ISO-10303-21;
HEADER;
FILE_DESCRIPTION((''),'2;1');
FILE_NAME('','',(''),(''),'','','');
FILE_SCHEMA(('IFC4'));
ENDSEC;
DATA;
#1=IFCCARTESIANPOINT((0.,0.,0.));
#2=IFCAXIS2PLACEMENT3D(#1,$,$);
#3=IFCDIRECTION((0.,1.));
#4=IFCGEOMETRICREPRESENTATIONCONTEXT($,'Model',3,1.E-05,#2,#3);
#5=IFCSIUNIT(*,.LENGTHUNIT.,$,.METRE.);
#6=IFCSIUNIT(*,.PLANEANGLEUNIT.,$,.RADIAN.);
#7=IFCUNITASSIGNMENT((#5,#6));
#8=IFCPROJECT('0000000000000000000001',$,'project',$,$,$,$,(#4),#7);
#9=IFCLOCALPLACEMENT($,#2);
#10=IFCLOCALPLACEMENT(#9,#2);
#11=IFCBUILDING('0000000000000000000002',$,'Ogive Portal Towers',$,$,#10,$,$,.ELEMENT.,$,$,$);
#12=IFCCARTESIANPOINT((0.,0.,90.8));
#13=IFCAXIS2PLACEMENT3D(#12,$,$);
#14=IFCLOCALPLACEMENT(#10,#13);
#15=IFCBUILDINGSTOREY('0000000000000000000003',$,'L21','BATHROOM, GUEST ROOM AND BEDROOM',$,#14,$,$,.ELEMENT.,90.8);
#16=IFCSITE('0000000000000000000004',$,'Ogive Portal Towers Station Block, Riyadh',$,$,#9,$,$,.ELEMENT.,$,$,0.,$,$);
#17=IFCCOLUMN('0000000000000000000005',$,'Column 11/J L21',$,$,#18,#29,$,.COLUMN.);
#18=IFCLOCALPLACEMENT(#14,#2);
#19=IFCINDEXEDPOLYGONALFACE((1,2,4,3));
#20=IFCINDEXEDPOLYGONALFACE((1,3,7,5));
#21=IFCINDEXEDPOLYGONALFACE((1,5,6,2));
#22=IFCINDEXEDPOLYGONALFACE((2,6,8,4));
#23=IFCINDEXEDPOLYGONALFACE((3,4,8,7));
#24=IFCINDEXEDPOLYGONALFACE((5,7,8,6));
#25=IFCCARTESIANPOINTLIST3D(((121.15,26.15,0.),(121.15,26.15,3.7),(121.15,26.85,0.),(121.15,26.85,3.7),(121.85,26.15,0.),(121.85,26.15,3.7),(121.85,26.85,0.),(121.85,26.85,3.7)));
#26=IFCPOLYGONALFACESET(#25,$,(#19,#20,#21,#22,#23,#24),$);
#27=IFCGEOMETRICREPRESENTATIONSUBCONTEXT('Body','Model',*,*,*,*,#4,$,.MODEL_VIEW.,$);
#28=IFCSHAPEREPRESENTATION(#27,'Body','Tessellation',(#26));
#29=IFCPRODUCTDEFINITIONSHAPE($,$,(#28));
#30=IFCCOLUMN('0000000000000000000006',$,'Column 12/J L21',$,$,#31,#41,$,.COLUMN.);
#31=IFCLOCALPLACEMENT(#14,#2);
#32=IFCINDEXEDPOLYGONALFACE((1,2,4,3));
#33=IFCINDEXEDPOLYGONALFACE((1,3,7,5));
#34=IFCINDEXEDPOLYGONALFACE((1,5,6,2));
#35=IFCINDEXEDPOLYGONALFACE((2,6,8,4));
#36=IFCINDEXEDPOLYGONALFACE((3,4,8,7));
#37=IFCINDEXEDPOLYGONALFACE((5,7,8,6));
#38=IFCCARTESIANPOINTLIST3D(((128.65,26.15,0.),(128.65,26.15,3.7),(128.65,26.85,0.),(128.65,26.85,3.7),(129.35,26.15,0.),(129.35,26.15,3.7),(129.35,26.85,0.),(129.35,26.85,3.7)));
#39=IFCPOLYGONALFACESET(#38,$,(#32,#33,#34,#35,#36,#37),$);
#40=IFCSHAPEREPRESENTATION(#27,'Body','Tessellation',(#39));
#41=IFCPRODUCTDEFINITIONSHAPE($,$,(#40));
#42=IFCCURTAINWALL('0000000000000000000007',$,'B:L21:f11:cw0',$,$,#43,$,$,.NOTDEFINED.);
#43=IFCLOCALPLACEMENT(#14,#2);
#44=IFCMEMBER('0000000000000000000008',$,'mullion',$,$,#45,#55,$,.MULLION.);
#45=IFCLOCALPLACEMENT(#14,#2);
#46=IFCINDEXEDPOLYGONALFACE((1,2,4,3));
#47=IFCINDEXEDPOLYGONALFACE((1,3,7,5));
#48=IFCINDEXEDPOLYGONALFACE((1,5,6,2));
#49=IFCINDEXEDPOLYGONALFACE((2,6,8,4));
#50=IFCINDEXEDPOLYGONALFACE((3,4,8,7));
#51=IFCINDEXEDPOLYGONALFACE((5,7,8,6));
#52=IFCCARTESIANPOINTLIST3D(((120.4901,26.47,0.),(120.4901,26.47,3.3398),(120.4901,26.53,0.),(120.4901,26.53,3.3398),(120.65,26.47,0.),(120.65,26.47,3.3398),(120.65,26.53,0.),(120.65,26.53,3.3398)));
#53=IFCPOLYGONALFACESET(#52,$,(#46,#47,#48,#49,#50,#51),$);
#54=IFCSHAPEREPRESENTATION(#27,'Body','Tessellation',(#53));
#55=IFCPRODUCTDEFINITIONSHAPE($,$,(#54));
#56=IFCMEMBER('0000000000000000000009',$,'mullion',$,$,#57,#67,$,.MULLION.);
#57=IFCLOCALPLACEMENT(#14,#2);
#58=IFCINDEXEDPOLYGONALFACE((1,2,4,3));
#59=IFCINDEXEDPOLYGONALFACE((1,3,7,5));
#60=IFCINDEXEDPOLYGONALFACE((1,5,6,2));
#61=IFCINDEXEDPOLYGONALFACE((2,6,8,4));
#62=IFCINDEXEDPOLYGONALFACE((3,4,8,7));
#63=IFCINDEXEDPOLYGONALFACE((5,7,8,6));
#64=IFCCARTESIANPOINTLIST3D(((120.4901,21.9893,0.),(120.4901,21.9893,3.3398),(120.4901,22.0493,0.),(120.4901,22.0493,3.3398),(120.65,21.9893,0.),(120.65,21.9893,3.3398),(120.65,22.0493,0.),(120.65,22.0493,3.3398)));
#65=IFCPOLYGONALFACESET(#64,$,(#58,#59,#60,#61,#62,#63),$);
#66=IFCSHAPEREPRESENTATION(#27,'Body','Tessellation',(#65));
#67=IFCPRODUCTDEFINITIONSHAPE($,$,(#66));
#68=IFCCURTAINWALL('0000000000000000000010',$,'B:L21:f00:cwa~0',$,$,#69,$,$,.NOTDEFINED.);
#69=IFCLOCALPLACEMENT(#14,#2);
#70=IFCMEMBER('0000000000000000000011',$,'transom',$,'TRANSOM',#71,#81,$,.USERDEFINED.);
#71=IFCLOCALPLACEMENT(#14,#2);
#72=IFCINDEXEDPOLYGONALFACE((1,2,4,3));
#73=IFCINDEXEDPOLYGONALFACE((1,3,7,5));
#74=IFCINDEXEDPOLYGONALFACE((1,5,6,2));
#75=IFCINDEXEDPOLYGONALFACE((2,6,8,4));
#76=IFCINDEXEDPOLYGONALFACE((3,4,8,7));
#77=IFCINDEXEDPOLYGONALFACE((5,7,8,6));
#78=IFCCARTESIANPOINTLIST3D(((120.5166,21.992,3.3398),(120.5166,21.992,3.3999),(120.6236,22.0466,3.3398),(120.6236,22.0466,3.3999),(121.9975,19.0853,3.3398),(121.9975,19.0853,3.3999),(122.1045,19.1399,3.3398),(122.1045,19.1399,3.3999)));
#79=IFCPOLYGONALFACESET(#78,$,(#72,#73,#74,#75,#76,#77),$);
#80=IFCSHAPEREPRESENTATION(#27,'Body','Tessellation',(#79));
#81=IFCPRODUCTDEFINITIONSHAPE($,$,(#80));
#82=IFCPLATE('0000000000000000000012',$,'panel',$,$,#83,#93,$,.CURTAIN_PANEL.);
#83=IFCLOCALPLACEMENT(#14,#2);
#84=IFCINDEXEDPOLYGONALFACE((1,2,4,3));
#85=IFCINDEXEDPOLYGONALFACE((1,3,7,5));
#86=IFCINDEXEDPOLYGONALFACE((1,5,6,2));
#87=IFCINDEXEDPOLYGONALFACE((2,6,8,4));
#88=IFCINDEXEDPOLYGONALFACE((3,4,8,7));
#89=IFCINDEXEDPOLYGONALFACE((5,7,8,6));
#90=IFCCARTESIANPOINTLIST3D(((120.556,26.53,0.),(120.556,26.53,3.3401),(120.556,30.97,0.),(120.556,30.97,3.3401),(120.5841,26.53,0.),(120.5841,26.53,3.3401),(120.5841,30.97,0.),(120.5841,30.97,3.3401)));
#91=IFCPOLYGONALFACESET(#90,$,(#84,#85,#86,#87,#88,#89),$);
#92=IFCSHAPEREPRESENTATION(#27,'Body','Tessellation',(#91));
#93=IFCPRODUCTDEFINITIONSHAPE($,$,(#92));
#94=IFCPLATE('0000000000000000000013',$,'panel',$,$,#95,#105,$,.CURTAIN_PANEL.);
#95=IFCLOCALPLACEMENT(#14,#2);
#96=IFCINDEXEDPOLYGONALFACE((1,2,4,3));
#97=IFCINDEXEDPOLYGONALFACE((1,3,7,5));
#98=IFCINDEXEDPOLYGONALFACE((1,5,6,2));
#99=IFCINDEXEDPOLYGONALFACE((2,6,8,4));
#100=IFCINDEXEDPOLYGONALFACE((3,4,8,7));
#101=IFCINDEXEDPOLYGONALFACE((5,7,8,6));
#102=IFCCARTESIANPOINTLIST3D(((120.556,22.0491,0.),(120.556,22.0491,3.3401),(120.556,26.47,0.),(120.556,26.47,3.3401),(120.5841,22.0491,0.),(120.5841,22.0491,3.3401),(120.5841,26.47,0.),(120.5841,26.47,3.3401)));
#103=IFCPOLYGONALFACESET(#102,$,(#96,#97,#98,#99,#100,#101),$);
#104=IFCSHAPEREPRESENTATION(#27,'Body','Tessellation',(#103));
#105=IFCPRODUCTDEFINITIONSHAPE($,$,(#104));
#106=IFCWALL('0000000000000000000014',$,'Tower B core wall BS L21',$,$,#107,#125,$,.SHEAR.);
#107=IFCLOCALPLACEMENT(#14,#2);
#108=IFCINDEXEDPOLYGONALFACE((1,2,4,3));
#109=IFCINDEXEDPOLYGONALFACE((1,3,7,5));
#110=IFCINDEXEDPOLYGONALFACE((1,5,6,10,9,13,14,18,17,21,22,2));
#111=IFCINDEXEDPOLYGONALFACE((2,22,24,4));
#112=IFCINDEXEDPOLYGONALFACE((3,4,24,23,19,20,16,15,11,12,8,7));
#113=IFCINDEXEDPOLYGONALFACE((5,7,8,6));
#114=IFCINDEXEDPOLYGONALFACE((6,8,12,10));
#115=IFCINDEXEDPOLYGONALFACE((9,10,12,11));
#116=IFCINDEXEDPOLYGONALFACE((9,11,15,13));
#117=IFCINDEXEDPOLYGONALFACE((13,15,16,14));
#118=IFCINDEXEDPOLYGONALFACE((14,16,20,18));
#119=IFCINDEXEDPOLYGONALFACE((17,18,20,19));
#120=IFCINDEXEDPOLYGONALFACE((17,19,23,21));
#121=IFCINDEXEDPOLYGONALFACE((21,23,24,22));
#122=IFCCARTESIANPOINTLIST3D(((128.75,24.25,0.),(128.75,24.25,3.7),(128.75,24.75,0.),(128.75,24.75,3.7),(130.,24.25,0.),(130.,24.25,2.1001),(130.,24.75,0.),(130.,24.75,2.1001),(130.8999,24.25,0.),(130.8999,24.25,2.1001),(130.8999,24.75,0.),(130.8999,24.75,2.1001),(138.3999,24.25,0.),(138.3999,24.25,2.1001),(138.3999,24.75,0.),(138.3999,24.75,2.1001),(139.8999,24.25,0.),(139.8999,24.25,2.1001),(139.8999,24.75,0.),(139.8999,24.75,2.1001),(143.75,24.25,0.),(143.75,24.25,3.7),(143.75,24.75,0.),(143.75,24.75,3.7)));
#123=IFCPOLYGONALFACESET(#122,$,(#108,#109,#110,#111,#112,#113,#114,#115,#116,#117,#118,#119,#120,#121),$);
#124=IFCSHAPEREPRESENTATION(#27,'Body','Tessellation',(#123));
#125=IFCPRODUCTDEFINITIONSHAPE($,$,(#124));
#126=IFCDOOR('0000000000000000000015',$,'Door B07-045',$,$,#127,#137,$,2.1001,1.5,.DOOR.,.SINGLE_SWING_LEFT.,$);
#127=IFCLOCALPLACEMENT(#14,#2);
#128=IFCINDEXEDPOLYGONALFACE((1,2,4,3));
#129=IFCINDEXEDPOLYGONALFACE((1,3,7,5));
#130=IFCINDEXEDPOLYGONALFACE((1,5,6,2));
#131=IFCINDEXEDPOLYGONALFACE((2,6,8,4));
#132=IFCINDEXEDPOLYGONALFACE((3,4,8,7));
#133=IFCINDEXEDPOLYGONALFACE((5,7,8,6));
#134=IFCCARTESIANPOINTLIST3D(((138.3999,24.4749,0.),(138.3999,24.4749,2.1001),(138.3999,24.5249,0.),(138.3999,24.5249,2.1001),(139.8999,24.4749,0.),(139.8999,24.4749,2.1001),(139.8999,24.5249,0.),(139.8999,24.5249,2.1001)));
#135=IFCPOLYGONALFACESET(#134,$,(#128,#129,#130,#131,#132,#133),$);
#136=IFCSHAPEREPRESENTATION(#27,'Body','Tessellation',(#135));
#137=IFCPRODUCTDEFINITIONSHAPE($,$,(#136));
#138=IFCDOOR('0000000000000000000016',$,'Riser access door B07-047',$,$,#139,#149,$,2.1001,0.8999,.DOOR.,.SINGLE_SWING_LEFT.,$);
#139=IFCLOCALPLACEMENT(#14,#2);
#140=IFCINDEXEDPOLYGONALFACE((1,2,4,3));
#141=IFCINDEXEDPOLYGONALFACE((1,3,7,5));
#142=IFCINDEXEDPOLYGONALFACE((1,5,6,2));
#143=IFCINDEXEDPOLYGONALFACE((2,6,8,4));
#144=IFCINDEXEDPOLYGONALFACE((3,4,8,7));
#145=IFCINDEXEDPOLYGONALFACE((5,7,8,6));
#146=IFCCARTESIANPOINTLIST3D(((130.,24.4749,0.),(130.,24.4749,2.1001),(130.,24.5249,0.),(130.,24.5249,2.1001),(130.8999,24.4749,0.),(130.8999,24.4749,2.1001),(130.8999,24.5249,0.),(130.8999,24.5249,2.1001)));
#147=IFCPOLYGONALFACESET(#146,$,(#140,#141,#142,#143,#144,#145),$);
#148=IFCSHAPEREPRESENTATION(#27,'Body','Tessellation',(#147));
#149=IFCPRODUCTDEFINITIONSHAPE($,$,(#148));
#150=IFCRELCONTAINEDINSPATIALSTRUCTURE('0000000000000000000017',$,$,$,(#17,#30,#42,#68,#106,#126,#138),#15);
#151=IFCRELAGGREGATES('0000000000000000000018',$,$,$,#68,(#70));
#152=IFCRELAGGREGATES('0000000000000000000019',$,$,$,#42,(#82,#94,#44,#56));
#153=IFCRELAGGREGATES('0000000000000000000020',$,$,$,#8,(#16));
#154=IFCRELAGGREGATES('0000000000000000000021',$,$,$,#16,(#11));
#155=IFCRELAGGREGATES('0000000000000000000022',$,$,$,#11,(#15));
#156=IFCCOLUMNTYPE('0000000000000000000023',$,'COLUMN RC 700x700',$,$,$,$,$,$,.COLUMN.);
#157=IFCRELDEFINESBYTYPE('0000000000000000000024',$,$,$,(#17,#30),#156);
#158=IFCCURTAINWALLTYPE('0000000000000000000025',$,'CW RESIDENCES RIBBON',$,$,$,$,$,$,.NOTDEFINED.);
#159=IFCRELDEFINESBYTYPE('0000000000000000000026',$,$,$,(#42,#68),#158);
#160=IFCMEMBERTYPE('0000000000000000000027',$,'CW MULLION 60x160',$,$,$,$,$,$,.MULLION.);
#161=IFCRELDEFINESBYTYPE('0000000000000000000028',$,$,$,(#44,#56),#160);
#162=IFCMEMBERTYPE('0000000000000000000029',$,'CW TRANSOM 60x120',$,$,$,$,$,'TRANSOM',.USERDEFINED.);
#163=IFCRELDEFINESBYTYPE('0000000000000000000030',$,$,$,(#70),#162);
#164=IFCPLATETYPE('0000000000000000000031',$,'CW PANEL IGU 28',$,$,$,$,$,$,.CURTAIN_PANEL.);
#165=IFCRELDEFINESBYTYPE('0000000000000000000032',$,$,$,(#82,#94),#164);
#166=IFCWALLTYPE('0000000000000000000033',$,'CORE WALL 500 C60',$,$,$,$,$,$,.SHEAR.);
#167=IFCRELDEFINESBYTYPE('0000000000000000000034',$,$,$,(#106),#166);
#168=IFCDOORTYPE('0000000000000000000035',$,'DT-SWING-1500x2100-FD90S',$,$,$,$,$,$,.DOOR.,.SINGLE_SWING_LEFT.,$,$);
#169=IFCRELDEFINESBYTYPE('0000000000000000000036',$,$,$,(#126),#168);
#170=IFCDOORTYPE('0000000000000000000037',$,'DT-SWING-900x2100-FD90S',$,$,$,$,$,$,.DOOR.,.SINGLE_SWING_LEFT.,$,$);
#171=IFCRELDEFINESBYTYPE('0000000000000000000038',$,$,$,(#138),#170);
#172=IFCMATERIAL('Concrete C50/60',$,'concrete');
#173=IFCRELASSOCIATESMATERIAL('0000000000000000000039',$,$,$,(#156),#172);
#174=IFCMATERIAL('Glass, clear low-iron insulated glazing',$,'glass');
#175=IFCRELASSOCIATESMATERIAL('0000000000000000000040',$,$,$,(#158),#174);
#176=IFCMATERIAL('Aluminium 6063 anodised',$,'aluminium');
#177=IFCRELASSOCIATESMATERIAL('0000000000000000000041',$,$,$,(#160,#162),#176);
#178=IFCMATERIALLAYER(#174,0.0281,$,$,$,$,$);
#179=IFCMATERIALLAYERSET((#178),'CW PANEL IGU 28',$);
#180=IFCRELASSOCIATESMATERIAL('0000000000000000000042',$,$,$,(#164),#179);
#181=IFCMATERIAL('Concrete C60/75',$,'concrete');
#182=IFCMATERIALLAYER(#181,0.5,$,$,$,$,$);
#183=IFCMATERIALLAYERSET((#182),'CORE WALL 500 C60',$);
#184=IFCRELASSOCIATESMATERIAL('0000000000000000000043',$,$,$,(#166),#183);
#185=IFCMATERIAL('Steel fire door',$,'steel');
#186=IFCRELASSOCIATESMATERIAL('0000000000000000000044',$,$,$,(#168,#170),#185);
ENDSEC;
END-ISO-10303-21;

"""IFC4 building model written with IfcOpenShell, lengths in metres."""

from ifc_helpers import new_model, si_unit, direction, frame, frame_2d, origin, origin_2d, place, context, subcontext, project, spatial, rectangle, extrude, material, layer, layer_set, material_profile, profile_set, type_object, element, fill, aggregate, save


model = new_model("IFC4")

# Units and contexts
model_context = context("Model", 3, precision=1e-05, world=origin(), true_north=direction((0.0, 1.0)))
body_context = subcontext(model_context, "Body", "Model", "MODEL_VIEW")
ifc_project = project(units=[si_unit("LENGTHUNIT", "METRE"), si_unit("PLANEANGLEUNIT", "RADIAN")], contexts=[model_context])

# Site, building, storey
site_placement = place(None, origin())
site = spatial("IfcSite", under=ifc_project, at=site_placement, Name="Ogive Portal Towers Station Block, Riyadh", CompositionType="ELEMENT", RefElevation=0.0)
building_placement = place(site_placement, origin())
building = spatial("IfcBuilding", under=site, at=building_placement, Name="Ogive Portal Towers", CompositionType="ELEMENT")
storey_placement = place(building_placement, frame((0.0, 0.0, 90.8)))
storey = spatial("IfcBuildingStorey", under=building, at=storey_placement, Name="L21", Description="BATHROOM, GUEST ROOM AND BEDROOM", CompositionType="ELEMENT", Elevation=90.8)

# Columns
ifc_material_1 = material(Name="Concrete C50/60", Category="concrete")
ifc_material_profile_1 = material_profile(ifc_material_1, rectangle(XDim=0.7, YDim=0.7, at=origin_2d()), Name="RC 700x700")
ifc_profile_set_1 = profile_set([ifc_material_profile_1], Name="Concrete C50/60")
column_type = type_object("IfcColumnType", Name="COLUMN RC 700x700", PredefinedType="COLUMN", material=ifc_profile_set_1)
for number, where, z_axis, x_axis, name in (
    (1, (121.5, 26.5, 0.0), (0.0, 0.0, 1.0), (1.0, 0.0, 0.0), "Column 11/J L21"),
    (2, (129.0, 26.5, 0.0), (0.0, 0.0, 1.0), (1.0, 0.0, 0.0), "Column 12/J L21"),
):
    element("IfcColumn", number, at=place(storey_placement, frame(where, z_axis=z_axis, x_axis=x_axis)), inside=storey, type_object=column_type, Name=name, PredefinedType="COLUMN", context=body_context, shape_type="SweptSolid", body=[
        extrude(rectangle(XDim=0.7, YDim=0.7, at=origin_2d()), origin(), (0.0, 0.0, 1.0), 3.7),
    ])

# Curtain wall, members
ifc_material_2 = material(Name="Glass, clear low-iron insulated glazing", Category="glass")
curtain_wall_type = type_object("IfcCurtainWallType", Name="CW RESIDENCES RIBBON", PredefinedType="NOTDEFINED", material=ifc_material_2)
curtain_wall_1_placement = place(storey_placement, origin())
curtain_wall_1 = element("IfcCurtainWall", 3, at=curtain_wall_1_placement, inside=storey, type_object=curtain_wall_type, Name="B:L21:f11:cw0", PredefinedType="NOTDEFINED")
ifc_material_3 = material(Name="Aluminium 6063 anodised", Category="aluminium")
ifc_material_profile_2 = material_profile(ifc_material_3, rectangle(XDim=0.1599, YDim=0.0601, at=origin_2d()), Name="AL 60x160")
ifc_profile_set_2 = profile_set([ifc_material_profile_2], Name="Aluminium 6063 anodised")
member_type_1 = type_object("IfcMemberType", Name="CW MULLION 60x160", PredefinedType="MULLION", material=ifc_profile_set_2)
member_1_placement = place(storey_placement, frame((120.5701, 26.5, 0.0), z_axis=(0.0, 0.0, 1.0), x_axis=(1.0, 0.0, 0.0)))
member_1 = element("IfcMember", 4, at=member_1_placement, type_object=member_type_1, Name="mullion", PredefinedType="MULLION", context=body_context, shape_type="SweptSolid", body=[
    extrude(rectangle(XDim=0.1599, YDim=0.0601, at=origin_2d()), origin(), (0.0, 0.0, 1.0), 3.3398),
])
member_2_placement = place(storey_placement, frame((120.5701, 22.0193, 0.0), z_axis=(0.0, 0.0, 1.0), x_axis=(1.0, 0.0, 0.0)))
member_2 = element("IfcMember", 5, at=member_2_placement, type_object=member_type_1, Name="mullion", PredefinedType="MULLION", context=body_context, shape_type="SweptSolid", body=[
    extrude(rectangle(XDim=0.1599, YDim=0.0601, at=origin_2d()), origin(), (0.0, 0.0, 1.0), 3.3398),
])

# Curtain wall, member
curtain_wall_2_placement = place(storey_placement, origin())
curtain_wall_2 = element("IfcCurtainWall", 6, at=curtain_wall_2_placement, inside=storey, type_object=curtain_wall_type, Name="B:L21:f00:cwa~0", PredefinedType="NOTDEFINED")
ifc_material_profile_3 = material_profile(ifc_material_3, rectangle(XDim=0.1201, YDim=0.0601, at=origin_2d()), Name="AL 120x60")
ifc_profile_set_3 = profile_set([ifc_material_profile_3], Name="Aluminium 6063 anodised")
member_type_2 = type_object("IfcMemberType", Name="CW TRANSOM 60x120", ElementType="TRANSOM", PredefinedType="USERDEFINED", material=ifc_profile_set_3)
member_3_placement = place(storey_placement, frame((120.5701, 22.0193, 3.3699), z_axis=(0.453966, -0.891019, 0.0), x_axis=(0.891019, 0.453966, 0.0)))
member_3 = element("IfcMember", 7, at=member_3_placement, type_object=member_type_2, Name="transom", ObjectType="TRANSOM", PredefinedType="USERDEFINED", context=body_context, shape_type="SweptSolid", body=[
    extrude(rectangle(XDim=0.1201, YDim=0.0601, at=origin_2d()), origin(), (0.0, 0.0, 1.0), 3.2622),
])
aggregate(curtain_wall_2, [member_3])

# Plates
ifc_layer_1 = layer(ifc_material_2, 0.0281)
ifc_layer_set_1 = layer_set([ifc_layer_1], Name="CW PANEL IGU 28")
plate_type = type_object("IfcPlateType", Name="CW PANEL IGU 28", PredefinedType="CURTAIN_PANEL", material=ifc_layer_set_1)
plate_1_placement = place(storey_placement, frame((120.5701, 28.75, 0.0), z_axis=(0.0, 0.0, 1.0), x_axis=(0.0, -1.0, 0.0)))
plate_1 = element("IfcPlate", 8, at=plate_1_placement, type_object=plate_type, Name="panel", PredefinedType="CURTAIN_PANEL", context=body_context, shape_type="SweptSolid", body=[
    extrude(rectangle(XDim=4.4399, YDim=0.0281, at=origin_2d()), origin(), (0.0, 0.0, 1.0), 3.3401),
])
plate_2_placement = place(storey_placement, frame((120.5701, 24.2595, 0.0), z_axis=(0.0, 0.0, 1.0), x_axis=(0.0, -1.0, 0.0)))
plate_2 = element("IfcPlate", 9, at=plate_2_placement, type_object=plate_type, Name="panel", PredefinedType="CURTAIN_PANEL", context=body_context, shape_type="SweptSolid", body=[
    extrude(rectangle(XDim=4.4209, YDim=0.0281, at=origin_2d()), origin(), (0.0, 0.0, 1.0), 3.3401),
])
aggregate(curtain_wall_1, [plate_1, plate_2, member_1, member_2])

# Wall, openings, doors
ifc_material_4 = material(Name="Concrete C60/75", Category="concrete")
ifc_layer_2 = layer(ifc_material_4, 0.5)
ifc_layer_set_2 = layer_set([ifc_layer_2], Name="CORE WALL 500 C60")
wall_type_1 = type_object("IfcWallType", Name="CORE WALL 500 C60", PredefinedType="SHEAR", material=ifc_layer_set_2)
wall_1_placement = place(storey_placement, frame((128.75, 24.5, 0.0), z_axis=(0.0, 0.0, 1.0), x_axis=(1.0, 0.0, 0.0)))
wall_1 = element("IfcWall", 10, at=wall_1_placement, inside=storey, type_object=wall_type_1, Name="Tower B core wall BS L21", PredefinedType="SHEAR", context=body_context, shape_type="SweptSolid", body=[
    extrude(rectangle(XDim=15.0, YDim=0.5, at=frame_2d((7.5, 0.0))), origin(), (0.0, 0.0, 1.0), 3.7),
])
opening_1_placement = place(wall_1_placement, frame((9.6499, 0.0, 0.0)))
opening_1 = element("IfcOpeningElement", 11, at=opening_1_placement, cuts=wall_1, PredefinedType="OPENING", context=body_context, shape_type="SweptSolid", body=[
    extrude(rectangle(XDim=1.5, YDim=2.1001, at=frame_2d((0.75, 1.05))), frame((0.0, 0.26, 0.0), z_axis=(0.0, -1.0, 0.0), x_axis=(1.0, 0.0, 0.0)), (0.0, 0.0, 1.0), 0.52),
])
opening_2_placement = place(wall_1_placement, frame((1.25, 0.0, 0.0)))
opening_2 = element("IfcOpeningElement", 12, at=opening_2_placement, cuts=wall_1, PredefinedType="OPENING", context=body_context, shape_type="SweptSolid", body=[
    extrude(rectangle(XDim=0.8999, YDim=2.1001, at=frame_2d((0.45, 1.05))), frame((0.0, 0.26, 0.0), z_axis=(0.0, -1.0, 0.0), x_axis=(1.0, 0.0, 0.0)), (0.0, 0.0, 1.0), 0.52),
])
ifc_material_5 = material(Name="Steel fire door", Category="steel")
door_type_1 = type_object("IfcDoorType", Name="DT-SWING-1500x2100-FD90S", OperationType="SINGLE_SWING_LEFT", PredefinedType="DOOR", material=ifc_material_5)
door_1_placement = place(opening_1_placement, origin())
door_1 = element("IfcDoor", 13, at=door_1_placement, inside=storey, type_object=door_type_1, Name="Door B07-045", OperationType="SINGLE_SWING_LEFT", OverallHeight=2.1001, OverallWidth=1.5, PredefinedType="DOOR", context=body_context, shape_type="SweptSolid", body=[
    extrude(rectangle(XDim=1.5, YDim=2.1001, at=frame_2d((0.75, 1.05))), frame((0.0, 0.0249, 0.0), z_axis=(0.0, -1.0, 0.0), x_axis=(1.0, 0.0, 0.0)), (0.0, 0.0, 1.0), 0.05),
])
fill(opening_1, door_1)
door_type_2 = type_object("IfcDoorType", Name="DT-SWING-900x2100-FD90S", OperationType="SINGLE_SWING_LEFT", PredefinedType="DOOR", material=ifc_material_5)
door_2_placement = place(opening_2_placement, origin())
door_2 = element("IfcDoor", 14, at=door_2_placement, inside=storey, type_object=door_type_2, Name="Riser access door B07-047", OperationType="SINGLE_SWING_LEFT", OverallHeight=2.1001, OverallWidth=0.8999, PredefinedType="DOOR", context=body_context, shape_type="SweptSolid", body=[
    extrude(rectangle(XDim=0.8999, YDim=2.1001, at=frame_2d((0.45, 1.05))), frame((0.0, 0.0249, 0.0), z_axis=(0.0, -1.0, 0.0), x_axis=(1.0, 0.0, 0.0)), (0.0, 0.0, 1.0), 0.05),
])
fill(opening_2, door_2)

save(model, "model.ifc")
